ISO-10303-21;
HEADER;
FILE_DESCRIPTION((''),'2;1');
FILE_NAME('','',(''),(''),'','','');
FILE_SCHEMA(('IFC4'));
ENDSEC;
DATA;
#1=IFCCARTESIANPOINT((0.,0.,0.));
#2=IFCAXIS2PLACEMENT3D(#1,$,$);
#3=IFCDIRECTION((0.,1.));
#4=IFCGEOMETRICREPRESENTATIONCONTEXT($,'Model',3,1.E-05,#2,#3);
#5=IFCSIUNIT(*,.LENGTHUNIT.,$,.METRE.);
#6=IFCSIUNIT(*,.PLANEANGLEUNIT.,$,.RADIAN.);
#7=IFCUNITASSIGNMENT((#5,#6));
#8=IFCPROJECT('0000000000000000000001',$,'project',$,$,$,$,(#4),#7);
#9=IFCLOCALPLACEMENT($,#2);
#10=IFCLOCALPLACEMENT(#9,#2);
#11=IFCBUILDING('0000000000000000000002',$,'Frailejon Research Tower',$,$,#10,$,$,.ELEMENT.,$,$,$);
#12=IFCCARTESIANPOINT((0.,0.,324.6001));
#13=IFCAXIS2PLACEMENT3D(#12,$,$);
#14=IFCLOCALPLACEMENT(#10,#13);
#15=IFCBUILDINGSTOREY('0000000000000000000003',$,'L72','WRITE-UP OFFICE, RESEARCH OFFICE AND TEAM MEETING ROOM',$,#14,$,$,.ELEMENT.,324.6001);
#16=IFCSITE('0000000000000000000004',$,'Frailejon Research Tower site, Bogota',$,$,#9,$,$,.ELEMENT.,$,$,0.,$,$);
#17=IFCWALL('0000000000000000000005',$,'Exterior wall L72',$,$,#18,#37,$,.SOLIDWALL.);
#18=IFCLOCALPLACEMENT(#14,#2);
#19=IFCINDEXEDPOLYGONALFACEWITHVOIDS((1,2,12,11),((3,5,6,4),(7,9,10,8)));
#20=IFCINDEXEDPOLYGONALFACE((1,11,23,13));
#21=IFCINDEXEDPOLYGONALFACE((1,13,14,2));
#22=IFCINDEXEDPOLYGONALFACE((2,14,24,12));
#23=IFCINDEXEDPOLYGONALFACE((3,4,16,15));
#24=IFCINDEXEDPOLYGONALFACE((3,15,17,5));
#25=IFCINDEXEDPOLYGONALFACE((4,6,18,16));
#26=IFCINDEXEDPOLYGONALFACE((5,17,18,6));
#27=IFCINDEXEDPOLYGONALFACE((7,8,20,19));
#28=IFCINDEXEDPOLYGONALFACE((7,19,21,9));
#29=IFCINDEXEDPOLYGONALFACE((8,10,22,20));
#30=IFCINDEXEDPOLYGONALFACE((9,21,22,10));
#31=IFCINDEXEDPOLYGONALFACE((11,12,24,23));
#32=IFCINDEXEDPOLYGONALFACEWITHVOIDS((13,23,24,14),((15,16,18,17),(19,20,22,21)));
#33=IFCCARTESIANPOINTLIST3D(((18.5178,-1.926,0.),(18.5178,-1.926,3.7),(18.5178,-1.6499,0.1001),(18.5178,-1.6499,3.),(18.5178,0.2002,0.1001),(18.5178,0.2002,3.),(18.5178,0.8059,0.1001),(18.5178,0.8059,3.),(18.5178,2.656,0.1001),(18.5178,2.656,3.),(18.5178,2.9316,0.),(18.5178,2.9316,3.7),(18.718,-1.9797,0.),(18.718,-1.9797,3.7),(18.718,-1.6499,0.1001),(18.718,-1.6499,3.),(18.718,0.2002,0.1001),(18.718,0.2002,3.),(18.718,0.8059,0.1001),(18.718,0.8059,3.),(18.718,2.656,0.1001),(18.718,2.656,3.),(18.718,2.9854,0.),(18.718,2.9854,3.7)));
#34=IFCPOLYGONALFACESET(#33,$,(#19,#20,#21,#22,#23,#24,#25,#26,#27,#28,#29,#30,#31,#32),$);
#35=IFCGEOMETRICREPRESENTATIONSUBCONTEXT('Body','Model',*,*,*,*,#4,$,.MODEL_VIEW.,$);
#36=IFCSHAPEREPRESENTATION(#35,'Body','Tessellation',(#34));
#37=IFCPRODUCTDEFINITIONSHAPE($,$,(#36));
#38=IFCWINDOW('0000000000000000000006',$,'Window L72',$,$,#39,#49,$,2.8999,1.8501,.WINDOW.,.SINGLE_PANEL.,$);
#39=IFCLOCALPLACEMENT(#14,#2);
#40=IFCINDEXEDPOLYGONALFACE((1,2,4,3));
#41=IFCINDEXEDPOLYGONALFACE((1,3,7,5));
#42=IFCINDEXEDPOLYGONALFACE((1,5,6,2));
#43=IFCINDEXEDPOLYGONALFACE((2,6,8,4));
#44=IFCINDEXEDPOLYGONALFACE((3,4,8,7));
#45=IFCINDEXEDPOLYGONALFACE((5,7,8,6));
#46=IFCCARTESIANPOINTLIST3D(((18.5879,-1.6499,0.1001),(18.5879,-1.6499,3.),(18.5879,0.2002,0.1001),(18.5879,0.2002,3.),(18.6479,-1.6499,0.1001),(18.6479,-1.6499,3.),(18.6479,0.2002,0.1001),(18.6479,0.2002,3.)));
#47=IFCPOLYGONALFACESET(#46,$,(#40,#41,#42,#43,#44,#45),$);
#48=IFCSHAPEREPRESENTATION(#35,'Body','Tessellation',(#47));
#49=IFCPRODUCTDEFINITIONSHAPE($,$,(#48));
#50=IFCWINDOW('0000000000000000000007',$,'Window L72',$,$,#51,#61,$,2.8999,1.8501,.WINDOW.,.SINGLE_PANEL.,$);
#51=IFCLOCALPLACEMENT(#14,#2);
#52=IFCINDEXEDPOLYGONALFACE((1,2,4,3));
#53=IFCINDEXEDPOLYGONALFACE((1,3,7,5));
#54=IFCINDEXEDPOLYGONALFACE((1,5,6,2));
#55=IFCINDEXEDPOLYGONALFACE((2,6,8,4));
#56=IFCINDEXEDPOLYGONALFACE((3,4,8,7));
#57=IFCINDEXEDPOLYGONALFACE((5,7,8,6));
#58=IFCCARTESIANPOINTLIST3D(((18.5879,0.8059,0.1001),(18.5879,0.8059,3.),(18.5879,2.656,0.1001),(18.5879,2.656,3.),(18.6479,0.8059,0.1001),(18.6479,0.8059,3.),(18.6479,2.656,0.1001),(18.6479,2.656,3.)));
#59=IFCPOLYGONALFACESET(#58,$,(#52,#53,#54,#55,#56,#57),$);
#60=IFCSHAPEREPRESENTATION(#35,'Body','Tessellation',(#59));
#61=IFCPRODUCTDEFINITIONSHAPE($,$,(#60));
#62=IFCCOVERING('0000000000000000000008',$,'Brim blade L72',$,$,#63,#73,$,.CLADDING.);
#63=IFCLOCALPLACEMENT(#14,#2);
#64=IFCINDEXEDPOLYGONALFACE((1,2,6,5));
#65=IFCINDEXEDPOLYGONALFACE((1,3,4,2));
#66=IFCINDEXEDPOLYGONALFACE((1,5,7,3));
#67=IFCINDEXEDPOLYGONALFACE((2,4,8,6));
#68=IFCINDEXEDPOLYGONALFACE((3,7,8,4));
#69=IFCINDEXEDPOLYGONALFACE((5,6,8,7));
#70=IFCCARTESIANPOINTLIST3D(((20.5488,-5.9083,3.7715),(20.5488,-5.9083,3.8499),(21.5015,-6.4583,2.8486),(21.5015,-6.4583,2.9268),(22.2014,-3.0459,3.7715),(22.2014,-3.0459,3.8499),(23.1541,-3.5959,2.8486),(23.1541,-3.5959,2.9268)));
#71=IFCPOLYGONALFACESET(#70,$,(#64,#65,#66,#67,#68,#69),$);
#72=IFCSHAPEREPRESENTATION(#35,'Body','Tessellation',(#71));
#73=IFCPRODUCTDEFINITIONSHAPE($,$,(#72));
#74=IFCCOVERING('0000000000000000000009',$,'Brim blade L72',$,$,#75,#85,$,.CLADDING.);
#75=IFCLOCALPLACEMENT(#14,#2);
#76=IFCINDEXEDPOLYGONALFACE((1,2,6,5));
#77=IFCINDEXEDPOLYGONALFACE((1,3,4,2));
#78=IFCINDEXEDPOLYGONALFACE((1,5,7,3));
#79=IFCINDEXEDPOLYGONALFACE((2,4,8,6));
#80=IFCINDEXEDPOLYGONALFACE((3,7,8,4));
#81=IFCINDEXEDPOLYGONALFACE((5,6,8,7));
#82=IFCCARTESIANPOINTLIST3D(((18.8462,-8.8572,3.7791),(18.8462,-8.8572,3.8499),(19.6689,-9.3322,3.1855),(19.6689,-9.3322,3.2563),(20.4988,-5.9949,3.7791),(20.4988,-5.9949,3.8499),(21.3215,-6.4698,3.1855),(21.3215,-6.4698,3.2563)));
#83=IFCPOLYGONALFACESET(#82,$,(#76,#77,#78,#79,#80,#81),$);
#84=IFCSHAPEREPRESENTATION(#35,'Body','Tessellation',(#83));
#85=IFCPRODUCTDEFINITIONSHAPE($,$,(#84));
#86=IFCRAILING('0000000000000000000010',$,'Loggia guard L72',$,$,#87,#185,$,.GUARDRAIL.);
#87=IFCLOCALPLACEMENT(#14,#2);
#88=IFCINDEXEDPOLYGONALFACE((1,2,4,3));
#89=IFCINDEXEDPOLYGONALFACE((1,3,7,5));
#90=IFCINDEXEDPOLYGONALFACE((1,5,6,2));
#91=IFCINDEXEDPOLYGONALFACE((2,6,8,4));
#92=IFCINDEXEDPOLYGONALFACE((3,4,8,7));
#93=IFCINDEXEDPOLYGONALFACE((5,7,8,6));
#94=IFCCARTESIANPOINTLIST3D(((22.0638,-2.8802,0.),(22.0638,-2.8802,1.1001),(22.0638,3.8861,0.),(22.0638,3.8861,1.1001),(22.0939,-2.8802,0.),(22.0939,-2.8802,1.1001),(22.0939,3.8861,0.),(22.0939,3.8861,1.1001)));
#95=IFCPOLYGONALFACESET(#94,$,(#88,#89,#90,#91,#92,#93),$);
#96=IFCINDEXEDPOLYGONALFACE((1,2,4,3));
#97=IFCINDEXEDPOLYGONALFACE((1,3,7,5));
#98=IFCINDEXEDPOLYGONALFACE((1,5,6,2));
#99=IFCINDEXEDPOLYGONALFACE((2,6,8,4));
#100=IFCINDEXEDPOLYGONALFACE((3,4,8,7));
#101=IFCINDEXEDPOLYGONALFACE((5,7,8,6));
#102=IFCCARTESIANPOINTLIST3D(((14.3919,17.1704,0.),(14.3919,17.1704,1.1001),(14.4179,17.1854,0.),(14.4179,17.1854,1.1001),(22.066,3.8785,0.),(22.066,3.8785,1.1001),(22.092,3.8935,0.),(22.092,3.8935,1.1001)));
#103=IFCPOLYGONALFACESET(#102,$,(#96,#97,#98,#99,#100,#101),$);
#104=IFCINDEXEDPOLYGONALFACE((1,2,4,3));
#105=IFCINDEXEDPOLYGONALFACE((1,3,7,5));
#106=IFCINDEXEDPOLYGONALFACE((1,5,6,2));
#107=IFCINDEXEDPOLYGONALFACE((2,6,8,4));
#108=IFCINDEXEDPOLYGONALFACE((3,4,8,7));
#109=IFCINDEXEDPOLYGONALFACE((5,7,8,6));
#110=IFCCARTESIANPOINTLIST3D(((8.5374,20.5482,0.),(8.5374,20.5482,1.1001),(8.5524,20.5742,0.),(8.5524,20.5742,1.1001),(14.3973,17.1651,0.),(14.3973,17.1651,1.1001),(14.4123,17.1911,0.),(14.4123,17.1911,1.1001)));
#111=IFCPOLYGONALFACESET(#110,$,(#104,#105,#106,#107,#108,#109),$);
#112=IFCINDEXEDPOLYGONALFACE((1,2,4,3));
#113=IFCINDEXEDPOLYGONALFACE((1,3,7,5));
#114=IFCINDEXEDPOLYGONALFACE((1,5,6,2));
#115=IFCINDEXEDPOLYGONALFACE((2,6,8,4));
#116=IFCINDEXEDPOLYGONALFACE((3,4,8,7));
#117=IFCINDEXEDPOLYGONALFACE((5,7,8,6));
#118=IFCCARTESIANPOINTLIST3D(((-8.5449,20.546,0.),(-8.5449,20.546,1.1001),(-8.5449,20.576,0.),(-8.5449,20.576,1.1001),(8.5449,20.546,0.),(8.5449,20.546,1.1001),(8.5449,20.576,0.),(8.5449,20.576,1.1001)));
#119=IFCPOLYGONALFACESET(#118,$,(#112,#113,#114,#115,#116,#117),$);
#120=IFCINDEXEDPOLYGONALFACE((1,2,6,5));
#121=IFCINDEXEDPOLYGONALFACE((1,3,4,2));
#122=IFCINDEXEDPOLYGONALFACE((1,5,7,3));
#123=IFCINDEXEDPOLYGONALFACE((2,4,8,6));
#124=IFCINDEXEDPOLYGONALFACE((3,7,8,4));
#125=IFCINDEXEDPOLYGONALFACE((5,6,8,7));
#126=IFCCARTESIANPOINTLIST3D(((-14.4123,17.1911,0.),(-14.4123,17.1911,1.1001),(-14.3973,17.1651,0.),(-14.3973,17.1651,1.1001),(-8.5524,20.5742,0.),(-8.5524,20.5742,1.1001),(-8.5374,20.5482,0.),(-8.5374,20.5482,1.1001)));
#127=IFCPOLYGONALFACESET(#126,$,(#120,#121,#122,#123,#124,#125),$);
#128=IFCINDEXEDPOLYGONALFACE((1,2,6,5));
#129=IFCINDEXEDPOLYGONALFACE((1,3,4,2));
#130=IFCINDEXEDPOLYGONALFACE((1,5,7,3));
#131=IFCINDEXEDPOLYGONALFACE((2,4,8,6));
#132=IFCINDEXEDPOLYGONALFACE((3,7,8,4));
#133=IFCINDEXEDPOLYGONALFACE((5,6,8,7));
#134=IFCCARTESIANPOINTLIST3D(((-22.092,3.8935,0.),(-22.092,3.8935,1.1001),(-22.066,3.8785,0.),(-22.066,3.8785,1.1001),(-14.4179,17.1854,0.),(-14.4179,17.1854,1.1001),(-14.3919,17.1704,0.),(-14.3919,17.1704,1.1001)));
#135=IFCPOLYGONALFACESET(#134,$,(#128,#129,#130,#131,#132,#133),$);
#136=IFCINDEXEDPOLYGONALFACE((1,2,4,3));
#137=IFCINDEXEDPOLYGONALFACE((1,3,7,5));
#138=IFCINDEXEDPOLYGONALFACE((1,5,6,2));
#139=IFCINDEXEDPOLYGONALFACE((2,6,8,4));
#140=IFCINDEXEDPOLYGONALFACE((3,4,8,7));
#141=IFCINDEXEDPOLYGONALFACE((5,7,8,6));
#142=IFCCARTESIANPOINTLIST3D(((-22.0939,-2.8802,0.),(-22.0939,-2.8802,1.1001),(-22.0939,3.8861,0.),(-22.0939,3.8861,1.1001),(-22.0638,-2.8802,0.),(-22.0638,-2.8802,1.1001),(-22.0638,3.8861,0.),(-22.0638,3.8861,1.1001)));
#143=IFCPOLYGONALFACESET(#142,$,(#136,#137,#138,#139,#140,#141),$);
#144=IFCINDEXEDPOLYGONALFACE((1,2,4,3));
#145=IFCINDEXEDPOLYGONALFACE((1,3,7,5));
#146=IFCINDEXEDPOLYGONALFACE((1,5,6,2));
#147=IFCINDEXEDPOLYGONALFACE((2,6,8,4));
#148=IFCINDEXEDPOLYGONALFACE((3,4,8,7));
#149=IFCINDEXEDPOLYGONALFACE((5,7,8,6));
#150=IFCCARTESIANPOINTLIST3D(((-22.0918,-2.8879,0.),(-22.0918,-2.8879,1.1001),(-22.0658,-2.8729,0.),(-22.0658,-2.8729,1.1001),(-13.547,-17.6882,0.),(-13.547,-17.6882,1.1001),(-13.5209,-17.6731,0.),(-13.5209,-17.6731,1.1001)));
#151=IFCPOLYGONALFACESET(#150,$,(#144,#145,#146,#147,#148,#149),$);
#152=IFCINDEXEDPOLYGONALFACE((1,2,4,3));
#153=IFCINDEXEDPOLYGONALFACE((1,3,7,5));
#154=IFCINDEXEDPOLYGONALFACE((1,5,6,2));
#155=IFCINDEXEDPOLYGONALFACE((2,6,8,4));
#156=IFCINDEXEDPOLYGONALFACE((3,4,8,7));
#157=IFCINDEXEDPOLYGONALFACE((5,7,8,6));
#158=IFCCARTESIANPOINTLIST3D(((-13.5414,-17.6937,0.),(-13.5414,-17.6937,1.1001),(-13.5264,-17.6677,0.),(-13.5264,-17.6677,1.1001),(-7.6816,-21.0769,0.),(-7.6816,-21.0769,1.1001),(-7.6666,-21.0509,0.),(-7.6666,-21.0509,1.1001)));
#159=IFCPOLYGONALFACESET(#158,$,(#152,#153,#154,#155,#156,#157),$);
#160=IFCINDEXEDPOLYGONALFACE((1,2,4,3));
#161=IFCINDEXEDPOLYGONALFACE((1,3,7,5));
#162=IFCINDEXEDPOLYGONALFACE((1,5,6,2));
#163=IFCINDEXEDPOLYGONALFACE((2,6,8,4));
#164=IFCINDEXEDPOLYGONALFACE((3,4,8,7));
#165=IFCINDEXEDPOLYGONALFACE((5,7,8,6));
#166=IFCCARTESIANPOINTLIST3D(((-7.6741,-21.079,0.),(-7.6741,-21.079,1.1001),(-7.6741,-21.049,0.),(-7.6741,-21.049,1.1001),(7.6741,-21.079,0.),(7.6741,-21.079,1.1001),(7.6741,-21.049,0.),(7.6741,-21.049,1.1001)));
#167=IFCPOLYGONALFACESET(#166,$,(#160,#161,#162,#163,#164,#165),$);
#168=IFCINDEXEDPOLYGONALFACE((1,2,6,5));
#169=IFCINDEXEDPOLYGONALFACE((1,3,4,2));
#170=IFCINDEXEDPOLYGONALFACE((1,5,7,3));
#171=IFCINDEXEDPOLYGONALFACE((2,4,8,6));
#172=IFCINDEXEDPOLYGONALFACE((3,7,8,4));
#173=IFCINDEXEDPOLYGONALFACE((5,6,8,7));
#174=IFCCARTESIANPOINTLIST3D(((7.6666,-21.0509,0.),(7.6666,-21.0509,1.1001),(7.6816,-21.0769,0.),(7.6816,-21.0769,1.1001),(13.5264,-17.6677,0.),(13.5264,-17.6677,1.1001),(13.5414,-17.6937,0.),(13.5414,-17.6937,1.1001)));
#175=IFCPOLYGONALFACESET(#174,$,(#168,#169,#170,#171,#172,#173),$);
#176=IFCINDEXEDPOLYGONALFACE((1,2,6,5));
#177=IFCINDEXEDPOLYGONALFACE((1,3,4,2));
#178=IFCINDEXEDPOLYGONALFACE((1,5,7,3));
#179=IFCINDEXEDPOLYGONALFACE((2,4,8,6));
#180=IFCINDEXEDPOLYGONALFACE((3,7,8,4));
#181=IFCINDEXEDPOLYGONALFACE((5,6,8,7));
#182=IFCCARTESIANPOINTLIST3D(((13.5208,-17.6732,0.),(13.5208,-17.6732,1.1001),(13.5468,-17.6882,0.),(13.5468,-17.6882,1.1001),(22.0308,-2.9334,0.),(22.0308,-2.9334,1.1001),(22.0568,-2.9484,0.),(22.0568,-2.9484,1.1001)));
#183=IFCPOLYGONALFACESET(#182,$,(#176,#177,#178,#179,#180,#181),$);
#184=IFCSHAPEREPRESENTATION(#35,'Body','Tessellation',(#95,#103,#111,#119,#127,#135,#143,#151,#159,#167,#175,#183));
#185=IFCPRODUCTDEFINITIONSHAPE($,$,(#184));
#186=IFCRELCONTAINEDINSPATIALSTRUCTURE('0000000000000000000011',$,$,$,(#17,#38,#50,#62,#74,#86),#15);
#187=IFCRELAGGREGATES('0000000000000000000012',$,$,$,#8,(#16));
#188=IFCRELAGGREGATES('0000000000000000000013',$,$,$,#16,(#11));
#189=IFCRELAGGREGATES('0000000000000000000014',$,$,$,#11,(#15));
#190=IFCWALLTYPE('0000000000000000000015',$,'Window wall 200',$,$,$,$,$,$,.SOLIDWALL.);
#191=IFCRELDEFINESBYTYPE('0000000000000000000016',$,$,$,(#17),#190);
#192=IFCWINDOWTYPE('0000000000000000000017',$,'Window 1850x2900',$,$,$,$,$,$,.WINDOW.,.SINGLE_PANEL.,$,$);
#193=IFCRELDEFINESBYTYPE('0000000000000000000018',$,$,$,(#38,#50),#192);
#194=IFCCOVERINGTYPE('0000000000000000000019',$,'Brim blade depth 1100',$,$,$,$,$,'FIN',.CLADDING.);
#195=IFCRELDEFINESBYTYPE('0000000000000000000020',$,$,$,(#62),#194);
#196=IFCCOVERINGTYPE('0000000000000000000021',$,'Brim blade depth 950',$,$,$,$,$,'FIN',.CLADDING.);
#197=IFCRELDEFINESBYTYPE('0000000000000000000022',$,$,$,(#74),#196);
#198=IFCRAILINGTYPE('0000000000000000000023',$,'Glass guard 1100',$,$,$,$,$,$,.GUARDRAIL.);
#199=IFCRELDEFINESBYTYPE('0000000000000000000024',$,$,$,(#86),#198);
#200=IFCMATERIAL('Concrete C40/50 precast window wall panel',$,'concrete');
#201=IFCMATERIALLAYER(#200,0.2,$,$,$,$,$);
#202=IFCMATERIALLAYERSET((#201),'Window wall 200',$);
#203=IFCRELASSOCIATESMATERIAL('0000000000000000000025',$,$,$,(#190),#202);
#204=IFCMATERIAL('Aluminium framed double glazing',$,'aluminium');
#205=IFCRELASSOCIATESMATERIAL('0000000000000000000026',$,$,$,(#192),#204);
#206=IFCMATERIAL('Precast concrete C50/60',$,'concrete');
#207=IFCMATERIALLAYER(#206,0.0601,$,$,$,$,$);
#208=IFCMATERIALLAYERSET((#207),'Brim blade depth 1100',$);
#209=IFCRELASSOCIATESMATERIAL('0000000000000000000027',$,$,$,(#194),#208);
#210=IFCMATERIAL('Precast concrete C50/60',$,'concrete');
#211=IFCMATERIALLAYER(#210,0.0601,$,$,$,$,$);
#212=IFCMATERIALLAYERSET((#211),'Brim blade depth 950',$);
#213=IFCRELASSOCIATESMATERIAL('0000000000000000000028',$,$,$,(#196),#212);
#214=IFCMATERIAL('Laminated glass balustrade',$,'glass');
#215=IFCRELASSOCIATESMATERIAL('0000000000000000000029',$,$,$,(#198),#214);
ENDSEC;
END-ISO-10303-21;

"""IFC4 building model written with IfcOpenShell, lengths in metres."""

from ifc_helpers import new_model, si_unit, direction, frame, frame_2d, origin, origin_2d, place, context, subcontext, project, spatial, polyline, rectangle, outline, extrude, material, layer, layer_set, type_object, element, fill, save


model = new_model("IFC4")

# Units and contexts
model_context = context("Model", 3, precision=1e-05, world=origin(), true_north=direction((0.0, 1.0)))
body_context = subcontext(model_context, "Body", "Model", "MODEL_VIEW")
ifc_project = project(units=[si_unit("LENGTHUNIT", "METRE"), si_unit("PLANEANGLEUNIT", "RADIAN")], contexts=[model_context])

# Site, building, storey
site_placement = place(None, origin())
site = spatial("IfcSite", under=ifc_project, at=site_placement, Name="Frailejon Research Tower site, Bogota", CompositionType="ELEMENT", RefElevation=0.0)
building_placement = place(site_placement, origin())
building = spatial("IfcBuilding", under=site, at=building_placement, Name="Frailejon Research Tower", CompositionType="ELEMENT")
storey_placement = place(building_placement, frame((0.0, 0.0, 324.6001)))
storey = spatial("IfcBuildingStorey", under=building, at=storey_placement, Name="L72", Description="WRITE-UP OFFICE, RESEARCH OFFICE AND TEAM MEETING ROOM", CompositionType="ELEMENT", Elevation=324.6001)

# Wall, openings, windows
ifc_material_1 = material(Name="Concrete C40/50 precast window wall panel", Category="concrete")
ifc_layer_1 = layer(ifc_material_1, 0.2)
ifc_layer_set_1 = layer_set([ifc_layer_1], Name="Window wall 200")
wall_type_1 = type_object("IfcWallType", Name="Window wall 200", PredefinedType="SOLIDWALL", material=ifc_layer_set_1)
wall_1_placement = place(storey_placement, frame((18.6179, -1.9529, 0.0), z_axis=(0.0, 0.0, 1.0), x_axis=(0.0, 1.0, 0.0)))
wall_1 = element("IfcWall", 1, at=wall_1_placement, inside=storey, type_object=wall_type_1, Name="Exterior wall L72", PredefinedType="SOLIDWALL", context=body_context, shape_type="SweptSolid", body=[
    extrude(outline(polyline([(-0.0269, -0.1001), (1.2144, -0.1001), (2.4556, -0.1001), (3.697, -0.1001), (4.9382, -0.1001), (4.8845, 0.1001), (3.6702, 0.1001), (2.4556, 0.1001), (1.2412, 0.1001), (0.0269, 0.1001), (-0.0269, -0.1001)])), origin(), (0.0, 0.0, 1.0), 3.7),
])
opening_1_placement = place(wall_1_placement, frame((0.303, 0.0, 0.1001)))
opening_1 = element("IfcOpeningElement", 2, at=opening_1_placement, cuts=wall_1, PredefinedType="OPENING", context=body_context, shape_type="SweptSolid", body=[
    extrude(rectangle(XDim=1.8501, YDim=2.8999, at=frame_2d((0.925, 1.45))), frame((0.0, 0.1099, 0.0), z_axis=(0.0, -1.0, 0.0), x_axis=(1.0, 0.0, 0.0)), (0.0, 0.0, 1.0), 0.22),
])
opening_2_placement = place(wall_1_placement, frame((2.7588, 0.0, 0.1001)))
opening_2 = element("IfcOpeningElement", 3, at=opening_2_placement, cuts=wall_1, PredefinedType="OPENING", context=body_context, shape_type="SweptSolid", body=[
    extrude(rectangle(XDim=1.8501, YDim=2.8999, at=frame_2d((0.925, 1.45))), frame((0.0, 0.1099, 0.0), z_axis=(0.0, -1.0, 0.0), x_axis=(1.0, 0.0, 0.0)), (0.0, 0.0, 1.0), 0.22),
])
ifc_material_2 = material(Name="Aluminium framed double glazing", Category="aluminium")
window_type = type_object("IfcWindowType", Name="Window 1850x2900", PartitioningType="SINGLE_PANEL", PredefinedType="WINDOW", material=ifc_material_2)
window_1_placement = place(opening_1_placement, origin())
window_1 = element("IfcWindow", 4, at=window_1_placement, inside=storey, type_object=window_type, Name="Window L72", OverallHeight=2.8999, OverallWidth=1.8501, PartitioningType="SINGLE_PANEL", PredefinedType="WINDOW", context=body_context, shape_type="SweptSolid", body=[
    extrude(rectangle(XDim=1.8501, YDim=2.8999, at=frame_2d((0.925, 1.45))), frame((0.0, 0.03, 0.0), z_axis=(0.0, -1.0, 0.0), x_axis=(1.0, 0.0, 0.0)), (0.0, 0.0, 1.0), 0.0601),
])
fill(opening_1, window_1)
window_2_placement = place(opening_2_placement, origin())
window_2 = element("IfcWindow", 5, at=window_2_placement, inside=storey, type_object=window_type, Name="Window L72", OverallHeight=2.8999, OverallWidth=1.8501, PartitioningType="SINGLE_PANEL", PredefinedType="WINDOW", context=body_context, shape_type="SweptSolid", body=[
    extrude(rectangle(XDim=1.8501, YDim=2.8999, at=frame_2d((0.925, 1.45))), frame((0.0, 0.03, 0.0), z_axis=(0.0, -1.0, 0.0), x_axis=(1.0, 0.0, 0.0)), (0.0, 0.0, 1.0), 0.0601),
])
fill(opening_2, window_2)

# Coverings
ifc_material_3 = material(Name="Precast concrete C50/60", Category="concrete")
ifc_layer_2 = layer(ifc_material_3, 0.0601)
ifc_layer_set_2 = layer_set([ifc_layer_2], Name="Brim blade depth 1100")
covering_type_1 = type_object("IfcCoveringType", Name="Brim blade depth 1100", ElementType="FIN", PredefinedType="CLADDING", material=ifc_layer_set_2)
covering_1_placement = place(storey_placement, frame((22.2014, -3.0459, 3.8499), z_axis=(-0.499999, -0.866026, 0.0), x_axis=(0.866026, -0.499999, 0.0)))
element("IfcCovering", 6, at=covering_1_placement, inside=storey, type_object=covering_type_1, Name="Brim blade L72", PredefinedType="CLADDING", context=body_context, shape_type="SweptSolid", body=[
    extrude(outline(polyline([(0.0, -0.0784), (1.1001, -1.0012), (1.1001, -0.9231), (0.0, 0.0), (0.0, -0.0784)])), origin(), (0.0, 0.0, 1.0), 3.3052),
])
ifc_material_4 = material(Name="Precast concrete C50/60", Category="concrete")
ifc_layer_3 = layer(ifc_material_4, 0.0601)
ifc_layer_set_3 = layer_set([ifc_layer_3], Name="Brim blade depth 950")
covering_type_2 = type_object("IfcCoveringType", Name="Brim blade depth 950", ElementType="FIN", PredefinedType="CLADDING", material=ifc_layer_set_3)
covering_2_placement = place(storey_placement, frame((20.4988, -5.9949, 3.8499), z_axis=(-0.499999, -0.866026, 0.0), x_axis=(0.866026, -0.499999, 0.0)))
element("IfcCovering", 7, at=covering_2_placement, inside=storey, type_object=covering_type_2, Name="Brim blade L72", PredefinedType="CLADDING", context=body_context, shape_type="SweptSolid", body=[
    extrude(outline(polyline([(0.0, -0.0708), (0.95, -0.6643), (0.95, -0.5935), (0.0, 0.0), (0.0, -0.0708)])), origin(), (0.0, 0.0, 1.0), 3.3052),
])

# Railing
ifc_material_5 = material(Name="Laminated glass balustrade", Category="glass")
railing_type = type_object("IfcRailingType", Name="Glass guard 1100", PredefinedType="GUARDRAIL", material=ifc_material_5)
railing_placement = place(storey_placement, frame((22.0789, -2.8804, 0.0)))
element("IfcRailing", 8, at=railing_placement, inside=storey, type_object=railing_type, Name="Loggia guard L72", PredefinedType="GUARDRAIL", context=body_context, shape_type="SweptSolid", body=[
    extrude(rectangle(XDim=6.7664, YDim=0.03, at=origin_2d()), frame((0.0, 3.3833, 0.0), z_axis=(0.0, 0.0, 1.0), x_axis=(0.0, 1.0, 0.0)), (0.0, 0.0, 1.0), 1.1001),
    extrude(rectangle(XDim=15.3481, YDim=0.03, at=origin_2d()), frame((-3.8369, 13.4124, 0.0), z_axis=(0.0, 0.0, 1.0), x_axis=(-0.499997, 0.866027, 0.0)), (0.0, 0.0, 1.0), 1.1001),
    extrude(rectangle(XDim=6.7664, YDim=0.03, at=origin_2d()), frame((-10.604, 21.75, 0.0), z_axis=(0.0, 0.0, 1.0), x_axis=(-0.866034, 0.499985, 0.0)), (0.0, 0.0, 1.0), 1.1001),
    extrude(rectangle(XDim=17.0898, YDim=0.03, at=origin_2d()), frame((-22.0789, 23.4414, 0.0), z_axis=(0.0, 0.0, 1.0), x_axis=(-1.0, 0.0, 0.0)), (0.0, 0.0, 1.0), 1.1001),
    extrude(rectangle(XDim=6.7664, YDim=0.03, at=origin_2d()), frame((-33.5537, 21.75, 0.0), z_axis=(0.0, 0.0, 1.0), x_axis=(-0.866034, -0.499985, 0.0)), (0.0, 0.0, 1.0), 1.1001),
    extrude(rectangle(XDim=15.3481, YDim=0.03, at=origin_2d()), frame((-40.3208, 13.4124, 0.0), z_axis=(0.0, 0.0, 1.0), x_axis=(-0.499997, -0.866027, 0.0)), (0.0, 0.0, 1.0), 1.1001),
    extrude(rectangle(XDim=6.7664, YDim=0.03, at=origin_2d()), frame((-44.1577, 3.3833, 0.0), z_axis=(0.0, 0.0, 1.0), x_axis=(0.0, -1.0, 0.0)), (0.0, 0.0, 1.0), 1.1001),
    extrude(rectangle(XDim=17.0898, YDim=0.03, at=origin_2d()), frame((-39.8853, -7.4001, 0.0), z_axis=(0.0, 0.0, 1.0), x_axis=(0.499999, -0.866026, 0.0)), (0.0, 0.0, 1.0), 1.1001),
    extrude(rectangle(XDim=6.7664, YDim=0.03, at=origin_2d()), frame((-32.6829, -16.4919, 0.0), z_axis=(0.0, 0.0, 1.0), x_axis=(0.866019, -0.500012, 0.0)), (0.0, 0.0, 1.0), 1.1001),
    extrude(rectangle(XDim=15.3481, YDim=0.03, at=origin_2d()), frame((-22.0789, -18.1836, 0.0), z_axis=(0.0, 0.0, 1.0), x_axis=(1.0, 0.0, 0.0)), (0.0, 0.0, 1.0), 1.1001),
    extrude(rectangle(XDim=6.7664, YDim=0.03, at=origin_2d()), frame((-11.4749, -16.4919, 0.0), z_axis=(0.0, 0.0, 1.0), x_axis=(0.866019, 0.500012, 0.0)), (0.0, 0.0, 1.0), 1.1001),
    extrude(rectangle(XDim=17.02, YDim=0.03, at=origin_2d()), frame((-4.29, -7.4304, 0.0), z_axis=(0.0, 0.0, 1.0), x_axis=(0.500001, 0.866025, 0.0)), (0.0, 0.0, 1.0), 1.1001),
])

save(model, "model.ifc")
